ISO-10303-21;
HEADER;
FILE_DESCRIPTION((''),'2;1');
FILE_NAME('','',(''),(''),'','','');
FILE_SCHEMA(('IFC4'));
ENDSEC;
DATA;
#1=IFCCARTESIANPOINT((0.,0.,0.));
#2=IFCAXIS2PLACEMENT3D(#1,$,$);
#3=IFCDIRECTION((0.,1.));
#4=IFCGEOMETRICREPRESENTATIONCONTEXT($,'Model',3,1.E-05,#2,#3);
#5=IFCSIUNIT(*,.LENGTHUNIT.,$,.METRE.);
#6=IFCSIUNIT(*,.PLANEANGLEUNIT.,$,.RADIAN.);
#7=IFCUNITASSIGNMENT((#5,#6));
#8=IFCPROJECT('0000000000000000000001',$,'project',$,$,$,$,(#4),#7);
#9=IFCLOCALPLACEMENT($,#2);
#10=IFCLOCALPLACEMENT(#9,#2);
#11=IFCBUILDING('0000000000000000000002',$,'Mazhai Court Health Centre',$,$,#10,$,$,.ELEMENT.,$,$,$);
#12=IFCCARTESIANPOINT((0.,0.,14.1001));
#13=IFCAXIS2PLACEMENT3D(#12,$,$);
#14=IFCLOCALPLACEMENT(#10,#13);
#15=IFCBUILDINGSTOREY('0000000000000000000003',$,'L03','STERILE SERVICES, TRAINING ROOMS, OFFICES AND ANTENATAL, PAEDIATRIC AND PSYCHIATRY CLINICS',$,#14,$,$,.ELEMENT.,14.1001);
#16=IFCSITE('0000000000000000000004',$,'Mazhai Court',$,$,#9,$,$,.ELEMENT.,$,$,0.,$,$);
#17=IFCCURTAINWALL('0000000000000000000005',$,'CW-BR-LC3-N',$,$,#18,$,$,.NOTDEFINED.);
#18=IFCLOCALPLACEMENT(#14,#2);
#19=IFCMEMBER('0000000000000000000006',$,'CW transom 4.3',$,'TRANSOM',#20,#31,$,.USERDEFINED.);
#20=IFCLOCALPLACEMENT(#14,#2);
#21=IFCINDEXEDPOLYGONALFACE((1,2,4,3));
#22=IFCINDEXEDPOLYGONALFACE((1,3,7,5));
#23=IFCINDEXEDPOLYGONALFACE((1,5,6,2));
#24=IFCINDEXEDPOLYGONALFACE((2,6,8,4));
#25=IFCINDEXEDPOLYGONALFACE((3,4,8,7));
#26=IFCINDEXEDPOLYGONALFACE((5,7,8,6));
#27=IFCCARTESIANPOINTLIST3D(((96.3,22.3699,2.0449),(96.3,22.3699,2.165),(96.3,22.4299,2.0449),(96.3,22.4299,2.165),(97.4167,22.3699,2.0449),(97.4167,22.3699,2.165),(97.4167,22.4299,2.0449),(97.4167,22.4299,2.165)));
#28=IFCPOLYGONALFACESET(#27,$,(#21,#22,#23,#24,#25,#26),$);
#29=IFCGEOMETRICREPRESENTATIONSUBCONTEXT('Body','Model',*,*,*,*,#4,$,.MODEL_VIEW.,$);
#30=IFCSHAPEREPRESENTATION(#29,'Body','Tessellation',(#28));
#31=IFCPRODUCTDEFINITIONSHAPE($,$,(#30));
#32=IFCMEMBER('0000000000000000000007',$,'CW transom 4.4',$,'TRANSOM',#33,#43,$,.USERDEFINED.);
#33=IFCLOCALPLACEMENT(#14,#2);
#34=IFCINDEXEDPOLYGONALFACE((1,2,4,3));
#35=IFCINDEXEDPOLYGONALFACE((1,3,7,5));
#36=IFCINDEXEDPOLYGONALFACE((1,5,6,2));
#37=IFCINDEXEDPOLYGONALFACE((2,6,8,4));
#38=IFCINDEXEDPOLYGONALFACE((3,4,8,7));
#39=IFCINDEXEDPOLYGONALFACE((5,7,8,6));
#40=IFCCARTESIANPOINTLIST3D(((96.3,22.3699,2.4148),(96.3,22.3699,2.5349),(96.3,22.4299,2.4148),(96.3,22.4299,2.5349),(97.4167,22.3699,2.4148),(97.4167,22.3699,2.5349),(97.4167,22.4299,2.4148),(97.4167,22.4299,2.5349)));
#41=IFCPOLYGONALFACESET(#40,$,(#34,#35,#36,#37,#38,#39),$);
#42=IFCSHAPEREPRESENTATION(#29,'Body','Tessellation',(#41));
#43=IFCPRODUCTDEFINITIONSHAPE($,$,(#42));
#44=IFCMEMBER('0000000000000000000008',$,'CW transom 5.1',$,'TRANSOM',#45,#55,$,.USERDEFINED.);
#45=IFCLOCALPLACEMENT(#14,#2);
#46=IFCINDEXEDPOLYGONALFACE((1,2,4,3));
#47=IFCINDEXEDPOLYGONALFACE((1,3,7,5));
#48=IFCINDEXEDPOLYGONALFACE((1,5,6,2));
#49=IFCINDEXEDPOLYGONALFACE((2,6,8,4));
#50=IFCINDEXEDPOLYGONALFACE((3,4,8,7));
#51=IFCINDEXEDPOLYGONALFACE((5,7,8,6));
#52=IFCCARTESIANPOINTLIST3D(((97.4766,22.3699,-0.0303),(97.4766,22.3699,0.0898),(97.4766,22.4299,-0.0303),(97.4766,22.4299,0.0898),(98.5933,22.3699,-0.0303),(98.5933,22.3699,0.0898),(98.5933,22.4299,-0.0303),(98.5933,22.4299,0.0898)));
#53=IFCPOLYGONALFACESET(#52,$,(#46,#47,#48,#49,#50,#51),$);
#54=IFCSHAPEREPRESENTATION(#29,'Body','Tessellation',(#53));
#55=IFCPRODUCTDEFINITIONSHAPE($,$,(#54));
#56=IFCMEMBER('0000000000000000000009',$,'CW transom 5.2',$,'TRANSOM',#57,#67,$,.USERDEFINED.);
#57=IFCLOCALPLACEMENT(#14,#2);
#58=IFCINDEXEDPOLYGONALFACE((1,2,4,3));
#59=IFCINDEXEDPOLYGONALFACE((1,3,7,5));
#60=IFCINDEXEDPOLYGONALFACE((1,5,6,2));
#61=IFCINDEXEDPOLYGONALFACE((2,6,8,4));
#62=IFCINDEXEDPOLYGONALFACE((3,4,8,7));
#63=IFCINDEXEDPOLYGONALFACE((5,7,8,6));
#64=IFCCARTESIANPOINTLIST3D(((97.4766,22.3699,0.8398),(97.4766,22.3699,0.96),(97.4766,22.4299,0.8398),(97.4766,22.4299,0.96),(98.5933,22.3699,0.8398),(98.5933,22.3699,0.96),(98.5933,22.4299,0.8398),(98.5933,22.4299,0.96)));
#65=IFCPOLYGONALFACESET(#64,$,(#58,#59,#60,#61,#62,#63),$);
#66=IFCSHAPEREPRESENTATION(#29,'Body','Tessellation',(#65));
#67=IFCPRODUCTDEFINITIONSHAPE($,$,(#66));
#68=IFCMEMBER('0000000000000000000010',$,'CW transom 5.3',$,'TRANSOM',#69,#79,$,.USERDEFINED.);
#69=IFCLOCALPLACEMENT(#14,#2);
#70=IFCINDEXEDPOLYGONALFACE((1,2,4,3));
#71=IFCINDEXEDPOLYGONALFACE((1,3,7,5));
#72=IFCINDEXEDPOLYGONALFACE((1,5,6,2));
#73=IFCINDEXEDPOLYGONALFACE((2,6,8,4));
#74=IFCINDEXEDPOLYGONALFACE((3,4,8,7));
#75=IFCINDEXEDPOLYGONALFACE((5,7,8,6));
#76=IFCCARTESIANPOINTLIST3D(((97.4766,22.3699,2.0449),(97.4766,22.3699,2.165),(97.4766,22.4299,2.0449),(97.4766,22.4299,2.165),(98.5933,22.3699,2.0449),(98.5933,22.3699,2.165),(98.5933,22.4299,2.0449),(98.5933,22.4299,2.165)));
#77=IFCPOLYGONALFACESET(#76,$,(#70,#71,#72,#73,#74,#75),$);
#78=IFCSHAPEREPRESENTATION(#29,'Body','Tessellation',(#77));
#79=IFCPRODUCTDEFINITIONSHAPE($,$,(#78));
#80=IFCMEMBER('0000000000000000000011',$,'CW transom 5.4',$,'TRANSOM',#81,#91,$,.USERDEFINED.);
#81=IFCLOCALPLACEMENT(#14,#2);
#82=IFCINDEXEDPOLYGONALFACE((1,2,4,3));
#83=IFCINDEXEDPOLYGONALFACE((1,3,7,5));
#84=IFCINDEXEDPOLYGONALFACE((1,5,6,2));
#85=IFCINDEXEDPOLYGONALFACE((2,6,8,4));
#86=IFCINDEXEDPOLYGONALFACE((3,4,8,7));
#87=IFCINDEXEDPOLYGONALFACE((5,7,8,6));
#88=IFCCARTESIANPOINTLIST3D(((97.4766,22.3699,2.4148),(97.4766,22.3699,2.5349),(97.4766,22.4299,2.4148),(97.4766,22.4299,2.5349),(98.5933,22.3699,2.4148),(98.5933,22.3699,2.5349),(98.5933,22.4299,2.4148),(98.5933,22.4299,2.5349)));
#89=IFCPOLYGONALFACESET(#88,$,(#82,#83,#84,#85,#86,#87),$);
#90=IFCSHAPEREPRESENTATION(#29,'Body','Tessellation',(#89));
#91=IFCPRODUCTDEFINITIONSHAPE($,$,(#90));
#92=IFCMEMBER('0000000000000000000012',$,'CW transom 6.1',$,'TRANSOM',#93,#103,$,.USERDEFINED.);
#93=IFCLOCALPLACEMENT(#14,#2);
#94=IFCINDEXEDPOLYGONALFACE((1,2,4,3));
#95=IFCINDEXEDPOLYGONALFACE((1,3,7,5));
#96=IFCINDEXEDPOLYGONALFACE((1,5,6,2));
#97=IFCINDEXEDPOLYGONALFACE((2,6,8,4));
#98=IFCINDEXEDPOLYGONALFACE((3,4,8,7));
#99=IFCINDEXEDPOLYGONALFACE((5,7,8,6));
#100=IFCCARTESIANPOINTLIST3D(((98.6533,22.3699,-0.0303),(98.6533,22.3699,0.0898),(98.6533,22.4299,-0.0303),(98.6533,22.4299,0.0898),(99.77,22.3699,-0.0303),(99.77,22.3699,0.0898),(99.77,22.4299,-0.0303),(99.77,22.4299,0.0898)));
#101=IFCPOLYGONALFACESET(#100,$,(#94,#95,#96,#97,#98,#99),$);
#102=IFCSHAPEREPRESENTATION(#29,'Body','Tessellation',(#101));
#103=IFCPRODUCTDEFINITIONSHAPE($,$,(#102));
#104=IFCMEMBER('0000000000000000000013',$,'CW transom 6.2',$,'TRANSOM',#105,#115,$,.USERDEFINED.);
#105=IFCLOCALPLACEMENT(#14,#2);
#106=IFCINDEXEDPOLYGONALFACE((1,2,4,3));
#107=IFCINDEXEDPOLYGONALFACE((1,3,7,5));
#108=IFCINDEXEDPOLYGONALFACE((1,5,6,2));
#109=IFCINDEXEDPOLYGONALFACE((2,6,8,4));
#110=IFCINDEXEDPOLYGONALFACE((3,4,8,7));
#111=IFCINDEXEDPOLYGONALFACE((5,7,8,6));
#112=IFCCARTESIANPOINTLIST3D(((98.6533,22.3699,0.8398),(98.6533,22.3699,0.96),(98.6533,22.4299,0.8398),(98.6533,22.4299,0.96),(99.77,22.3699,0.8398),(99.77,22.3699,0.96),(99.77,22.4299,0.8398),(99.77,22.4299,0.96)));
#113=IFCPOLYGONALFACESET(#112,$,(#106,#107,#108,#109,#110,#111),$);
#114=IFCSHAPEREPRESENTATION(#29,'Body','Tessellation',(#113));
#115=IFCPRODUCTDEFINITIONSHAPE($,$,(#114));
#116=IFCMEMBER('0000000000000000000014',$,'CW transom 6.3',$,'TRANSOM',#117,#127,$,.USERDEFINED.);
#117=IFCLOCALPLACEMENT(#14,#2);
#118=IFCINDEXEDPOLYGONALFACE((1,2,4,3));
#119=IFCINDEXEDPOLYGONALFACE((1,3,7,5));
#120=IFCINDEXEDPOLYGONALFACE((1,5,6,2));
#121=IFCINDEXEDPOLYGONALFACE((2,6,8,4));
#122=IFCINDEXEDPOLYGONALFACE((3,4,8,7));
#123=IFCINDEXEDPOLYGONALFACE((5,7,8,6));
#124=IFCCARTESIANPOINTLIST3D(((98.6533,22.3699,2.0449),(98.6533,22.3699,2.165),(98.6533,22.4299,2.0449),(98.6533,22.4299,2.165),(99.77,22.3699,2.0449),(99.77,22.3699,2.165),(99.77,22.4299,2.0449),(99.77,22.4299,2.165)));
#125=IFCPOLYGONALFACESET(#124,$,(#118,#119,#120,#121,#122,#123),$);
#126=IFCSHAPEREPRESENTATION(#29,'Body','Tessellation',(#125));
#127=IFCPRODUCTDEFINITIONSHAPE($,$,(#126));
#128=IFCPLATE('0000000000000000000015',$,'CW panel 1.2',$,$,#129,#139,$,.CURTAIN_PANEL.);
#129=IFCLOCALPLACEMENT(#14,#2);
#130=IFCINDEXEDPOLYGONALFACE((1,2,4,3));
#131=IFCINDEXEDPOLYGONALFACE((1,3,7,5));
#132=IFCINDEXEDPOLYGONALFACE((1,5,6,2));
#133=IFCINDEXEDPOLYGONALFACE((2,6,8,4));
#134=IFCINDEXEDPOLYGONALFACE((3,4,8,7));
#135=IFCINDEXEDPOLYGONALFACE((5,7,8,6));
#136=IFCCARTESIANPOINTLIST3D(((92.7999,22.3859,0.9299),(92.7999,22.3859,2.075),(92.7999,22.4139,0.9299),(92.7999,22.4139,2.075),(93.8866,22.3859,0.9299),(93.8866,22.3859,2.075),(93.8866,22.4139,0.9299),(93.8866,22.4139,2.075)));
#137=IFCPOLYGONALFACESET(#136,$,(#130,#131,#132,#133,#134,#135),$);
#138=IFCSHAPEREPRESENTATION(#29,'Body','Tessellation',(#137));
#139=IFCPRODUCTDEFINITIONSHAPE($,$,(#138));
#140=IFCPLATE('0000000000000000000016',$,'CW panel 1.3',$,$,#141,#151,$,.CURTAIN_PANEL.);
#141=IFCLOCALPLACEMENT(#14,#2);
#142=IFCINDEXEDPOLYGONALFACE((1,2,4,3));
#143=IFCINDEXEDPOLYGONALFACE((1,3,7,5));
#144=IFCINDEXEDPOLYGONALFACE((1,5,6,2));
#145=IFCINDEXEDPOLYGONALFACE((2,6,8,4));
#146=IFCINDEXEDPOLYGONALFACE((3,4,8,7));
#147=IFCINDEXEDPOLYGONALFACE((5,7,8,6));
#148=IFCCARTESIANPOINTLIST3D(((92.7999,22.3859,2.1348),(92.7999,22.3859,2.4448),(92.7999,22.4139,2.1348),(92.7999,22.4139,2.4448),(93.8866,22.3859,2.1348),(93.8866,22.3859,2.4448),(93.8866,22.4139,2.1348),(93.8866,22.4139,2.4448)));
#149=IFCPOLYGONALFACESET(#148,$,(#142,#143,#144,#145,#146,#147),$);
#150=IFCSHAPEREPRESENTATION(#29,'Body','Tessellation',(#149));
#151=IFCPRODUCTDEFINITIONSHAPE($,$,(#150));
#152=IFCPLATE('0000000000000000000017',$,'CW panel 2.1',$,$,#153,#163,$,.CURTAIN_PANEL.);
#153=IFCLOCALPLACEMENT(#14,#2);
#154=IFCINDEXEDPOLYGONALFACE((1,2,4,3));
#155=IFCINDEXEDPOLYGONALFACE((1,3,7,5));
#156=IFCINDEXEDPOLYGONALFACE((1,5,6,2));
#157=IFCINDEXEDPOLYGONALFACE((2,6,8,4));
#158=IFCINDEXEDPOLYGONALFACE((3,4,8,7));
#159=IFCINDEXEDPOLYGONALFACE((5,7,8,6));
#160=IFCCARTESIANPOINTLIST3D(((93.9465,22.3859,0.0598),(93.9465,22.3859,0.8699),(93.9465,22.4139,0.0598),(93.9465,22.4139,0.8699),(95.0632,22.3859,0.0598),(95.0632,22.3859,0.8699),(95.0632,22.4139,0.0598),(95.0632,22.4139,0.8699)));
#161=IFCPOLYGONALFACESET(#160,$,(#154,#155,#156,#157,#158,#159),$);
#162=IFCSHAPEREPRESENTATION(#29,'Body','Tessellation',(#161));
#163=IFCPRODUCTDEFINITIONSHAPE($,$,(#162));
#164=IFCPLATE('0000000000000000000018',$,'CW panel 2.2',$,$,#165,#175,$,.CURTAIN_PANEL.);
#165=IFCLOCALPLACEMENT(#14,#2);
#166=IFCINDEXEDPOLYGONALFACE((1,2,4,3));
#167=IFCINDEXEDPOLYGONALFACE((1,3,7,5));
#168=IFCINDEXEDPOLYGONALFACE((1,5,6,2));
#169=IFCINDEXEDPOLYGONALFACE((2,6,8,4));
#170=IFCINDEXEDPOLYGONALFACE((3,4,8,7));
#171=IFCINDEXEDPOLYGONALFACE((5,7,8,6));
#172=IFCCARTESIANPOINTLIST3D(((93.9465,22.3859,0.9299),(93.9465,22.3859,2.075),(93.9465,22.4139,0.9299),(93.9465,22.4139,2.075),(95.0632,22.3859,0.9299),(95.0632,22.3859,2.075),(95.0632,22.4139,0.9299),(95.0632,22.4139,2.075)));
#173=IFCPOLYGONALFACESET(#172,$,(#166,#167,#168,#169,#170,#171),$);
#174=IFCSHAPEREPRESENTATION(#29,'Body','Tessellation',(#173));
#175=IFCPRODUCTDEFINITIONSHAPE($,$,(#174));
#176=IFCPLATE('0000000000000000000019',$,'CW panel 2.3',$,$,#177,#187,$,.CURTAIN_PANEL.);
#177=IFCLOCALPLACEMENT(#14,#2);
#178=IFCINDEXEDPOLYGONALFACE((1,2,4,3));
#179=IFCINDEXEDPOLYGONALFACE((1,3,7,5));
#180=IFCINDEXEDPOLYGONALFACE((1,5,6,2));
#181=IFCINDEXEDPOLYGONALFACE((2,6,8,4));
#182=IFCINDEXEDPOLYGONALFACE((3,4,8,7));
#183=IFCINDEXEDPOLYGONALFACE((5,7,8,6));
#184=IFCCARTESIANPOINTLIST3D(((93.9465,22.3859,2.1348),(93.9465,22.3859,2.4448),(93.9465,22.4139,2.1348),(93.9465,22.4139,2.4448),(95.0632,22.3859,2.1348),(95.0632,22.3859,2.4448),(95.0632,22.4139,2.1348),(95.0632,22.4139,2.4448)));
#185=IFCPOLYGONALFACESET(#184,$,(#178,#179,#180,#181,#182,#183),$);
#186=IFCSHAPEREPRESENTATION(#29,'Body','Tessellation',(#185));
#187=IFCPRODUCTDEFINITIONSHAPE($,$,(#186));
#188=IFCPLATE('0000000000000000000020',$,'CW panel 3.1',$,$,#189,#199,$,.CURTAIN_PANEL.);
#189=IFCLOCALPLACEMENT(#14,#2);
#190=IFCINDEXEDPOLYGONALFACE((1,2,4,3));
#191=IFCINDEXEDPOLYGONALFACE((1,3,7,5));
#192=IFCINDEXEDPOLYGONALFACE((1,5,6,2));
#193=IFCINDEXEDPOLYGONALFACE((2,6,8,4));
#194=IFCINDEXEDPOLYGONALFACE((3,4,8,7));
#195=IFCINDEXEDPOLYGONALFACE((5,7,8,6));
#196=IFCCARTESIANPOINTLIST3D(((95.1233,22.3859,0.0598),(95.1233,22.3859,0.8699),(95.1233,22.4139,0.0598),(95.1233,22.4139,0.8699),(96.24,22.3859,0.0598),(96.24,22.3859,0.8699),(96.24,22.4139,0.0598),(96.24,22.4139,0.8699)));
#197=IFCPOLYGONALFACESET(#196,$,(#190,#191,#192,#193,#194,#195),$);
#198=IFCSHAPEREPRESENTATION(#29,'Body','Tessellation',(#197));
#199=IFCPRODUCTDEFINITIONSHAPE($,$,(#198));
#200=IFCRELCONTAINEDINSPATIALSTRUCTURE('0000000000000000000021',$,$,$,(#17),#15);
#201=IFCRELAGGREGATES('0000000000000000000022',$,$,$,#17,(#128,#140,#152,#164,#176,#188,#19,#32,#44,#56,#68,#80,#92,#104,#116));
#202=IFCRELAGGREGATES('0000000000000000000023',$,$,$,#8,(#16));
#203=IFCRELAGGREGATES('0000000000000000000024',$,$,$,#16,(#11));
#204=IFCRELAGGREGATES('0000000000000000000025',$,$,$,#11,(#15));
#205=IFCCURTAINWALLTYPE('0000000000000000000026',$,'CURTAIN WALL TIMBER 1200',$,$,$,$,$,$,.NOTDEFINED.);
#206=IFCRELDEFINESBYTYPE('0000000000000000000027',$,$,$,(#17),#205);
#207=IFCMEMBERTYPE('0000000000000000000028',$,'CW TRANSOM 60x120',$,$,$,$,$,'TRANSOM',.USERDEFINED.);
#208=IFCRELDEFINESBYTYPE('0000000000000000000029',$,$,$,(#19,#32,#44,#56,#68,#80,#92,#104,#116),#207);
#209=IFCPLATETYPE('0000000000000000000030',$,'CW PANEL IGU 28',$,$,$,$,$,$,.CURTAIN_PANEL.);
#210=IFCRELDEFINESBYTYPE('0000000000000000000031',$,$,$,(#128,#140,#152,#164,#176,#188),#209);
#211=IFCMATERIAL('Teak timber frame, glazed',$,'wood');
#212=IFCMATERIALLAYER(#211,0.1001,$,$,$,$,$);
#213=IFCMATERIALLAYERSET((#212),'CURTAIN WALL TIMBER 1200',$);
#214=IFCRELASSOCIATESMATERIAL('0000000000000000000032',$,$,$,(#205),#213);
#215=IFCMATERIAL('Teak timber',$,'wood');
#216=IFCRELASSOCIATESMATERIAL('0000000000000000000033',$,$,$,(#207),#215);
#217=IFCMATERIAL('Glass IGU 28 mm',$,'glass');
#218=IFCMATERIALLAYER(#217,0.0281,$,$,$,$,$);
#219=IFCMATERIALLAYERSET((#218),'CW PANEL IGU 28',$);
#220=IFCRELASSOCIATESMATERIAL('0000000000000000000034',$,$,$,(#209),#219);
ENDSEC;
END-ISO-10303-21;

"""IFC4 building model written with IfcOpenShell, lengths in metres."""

from ifc_helpers import new_model, si_unit, direction, frame, origin, origin_2d, place, context, subcontext, project, spatial, rectangle, extrude, material, layer, layer_set, material_profile, profile_set, type_object, element, aggregate, save


model = new_model("IFC4")

# Units and contexts
model_context = context("Model", 3, precision=1e-05, world=origin(), true_north=direction((0.0, 1.0)))
body_context = subcontext(model_context, "Body", "Model", "MODEL_VIEW")
ifc_project = project(units=[si_unit("LENGTHUNIT", "METRE"), si_unit("PLANEANGLEUNIT", "RADIAN")], contexts=[model_context])

# Site, building, storey
site_placement = place(None, origin())
site = spatial("IfcSite", under=ifc_project, at=site_placement, Name="Mazhai Court", CompositionType="ELEMENT", RefElevation=0.0)
building_placement = place(site_placement, origin())
building = spatial("IfcBuilding", under=site, at=building_placement, Name="Mazhai Court Health Centre", CompositionType="ELEMENT")
storey_placement = place(building_placement, frame((0.0, 0.0, 14.1001)))
storey = spatial("IfcBuildingStorey", under=building, at=storey_placement, Name="L03", Description="STERILE SERVICES, TRAINING ROOMS, OFFICES AND ANTENATAL, PAEDIATRIC AND PSYCHIATRY CLINICS", CompositionType="ELEMENT", Elevation=14.1001)

# Curtain wall, members, plates
ifc_material_1 = material(Name="Teak timber frame, glazed", Category="wood")
ifc_layer_1 = layer(ifc_material_1, 0.1001)
ifc_layer_set_1 = layer_set([ifc_layer_1], Name="CURTAIN WALL TIMBER 1200")
curtain_wall_type = type_object("IfcCurtainWallType", Name="CURTAIN WALL TIMBER 1200", PredefinedType="NOTDEFINED", material=ifc_layer_set_1)
curtain_wall_placement = place(storey_placement, origin())
curtain_wall = element("IfcCurtainWall", 1, at=curtain_wall_placement, inside=storey, type_object=curtain_wall_type, Name="CW-BR-LC3-N", PredefinedType="NOTDEFINED")
ifc_material_2 = material(Name="Teak timber", Category="wood")
ifc_material_profile_1 = material_profile(ifc_material_2, rectangle(XDim=0.0601, YDim=0.1201, at=origin_2d()), Name="CW TRANSOM 60x120")
ifc_profile_set_1 = profile_set([ifc_material_profile_1], Name="Teak timber")
member_type_1 = type_object("IfcMemberType", Name="CW TRANSOM 60x120", ElementType="TRANSOM", PredefinedType="USERDEFINED", material=ifc_profile_set_1)
member_1_placement = place(storey_placement, frame((96.3, 22.3999, 2.105), z_axis=(1.0, 0.0, 0.0), x_axis=(0.0, 1.0, 0.0)))
member_1 = element("IfcMember", 2, at=member_1_placement, type_object=member_type_1, Name="CW transom 4.3", ObjectType="TRANSOM", PredefinedType="USERDEFINED", context=body_context, shape_type="SweptSolid", body=[
    extrude(rectangle(XDim=0.0601, YDim=0.1201, at=origin_2d()), origin(), (0.0, 0.0, 1.0), 1.1167),
])
member_2_placement = place(storey_placement, frame((96.3, 22.3999, 2.4749), z_axis=(1.0, 0.0, 0.0), x_axis=(0.0, 1.0, 0.0)))
member_2 = element("IfcMember", 3, at=member_2_placement, type_object=member_type_1, Name="CW transom 4.4", ObjectType="TRANSOM", PredefinedType="USERDEFINED", context=body_context, shape_type="SweptSolid", body=[
    extrude(rectangle(XDim=0.0601, YDim=0.1201, at=origin_2d()), origin(), (0.0, 0.0, 1.0), 1.1167),
])
member_3_placement = place(storey_placement, frame((97.4766, 22.3999, 0.0298), z_axis=(1.0, 0.0, 0.0), x_axis=(0.0, 1.0, 0.0)))
member_3 = element("IfcMember", 4, at=member_3_placement, type_object=member_type_1, Name="CW transom 5.1", ObjectType="TRANSOM", PredefinedType="USERDEFINED", context=body_context, shape_type="SweptSolid", body=[
    extrude(rectangle(XDim=0.0601, YDim=0.1201, at=origin_2d()), origin(), (0.0, 0.0, 1.0), 1.1167),
])
member_4_placement = place(storey_placement, frame((97.4766, 22.3999, 0.8999), z_axis=(1.0, 0.0, 0.0), x_axis=(0.0, 1.0, 0.0)))
member_4 = element("IfcMember", 5, at=member_4_placement, type_object=member_type_1, Name="CW transom 5.2", ObjectType="TRANSOM", PredefinedType="USERDEFINED", context=body_context, shape_type="SweptSolid", body=[
    extrude(rectangle(XDim=0.0601, YDim=0.1201, at=origin_2d()), origin(), (0.0, 0.0, 1.0), 1.1167),
])
member_5_placement = place(storey_placement, frame((97.4766, 22.3999, 2.105), z_axis=(1.0, 0.0, 0.0), x_axis=(0.0, 1.0, 0.0)))
member_5 = element("IfcMember", 6, at=member_5_placement, type_object=member_type_1, Name="CW transom 5.3", ObjectType="TRANSOM", PredefinedType="USERDEFINED", context=body_context, shape_type="SweptSolid", body=[
    extrude(rectangle(XDim=0.0601, YDim=0.1201, at=origin_2d()), origin(), (0.0, 0.0, 1.0), 1.1167),
])
member_6_placement = place(storey_placement, frame((97.4766, 22.3999, 2.4749), z_axis=(1.0, 0.0, 0.0), x_axis=(0.0, 1.0, 0.0)))
member_6 = element("IfcMember", 7, at=member_6_placement, type_object=member_type_1, Name="CW transom 5.4", ObjectType="TRANSOM", PredefinedType="USERDEFINED", context=body_context, shape_type="SweptSolid", body=[
    extrude(rectangle(XDim=0.0601, YDim=0.1201, at=origin_2d()), origin(), (0.0, 0.0, 1.0), 1.1167),
])
member_7_placement = place(storey_placement, frame((98.6533, 22.3999, 0.0298), z_axis=(1.0, 0.0, 0.0), x_axis=(0.0, 1.0, 0.0)))
member_7 = element("IfcMember", 8, at=member_7_placement, type_object=member_type_1, Name="CW transom 6.1", ObjectType="TRANSOM", PredefinedType="USERDEFINED", context=body_context, shape_type="SweptSolid", body=[
    extrude(rectangle(XDim=0.0601, YDim=0.1201, at=origin_2d()), origin(), (0.0, 0.0, 1.0), 1.1167),
])
member_8_placement = place(storey_placement, frame((98.6533, 22.3999, 0.8999), z_axis=(1.0, 0.0, 0.0), x_axis=(0.0, 1.0, 0.0)))
member_8 = element("IfcMember", 9, at=member_8_placement, type_object=member_type_1, Name="CW transom 6.2", ObjectType="TRANSOM", PredefinedType="USERDEFINED", context=body_context, shape_type="SweptSolid", body=[
    extrude(rectangle(XDim=0.0601, YDim=0.1201, at=origin_2d()), origin(), (0.0, 0.0, 1.0), 1.1167),
])
member_9_placement = place(storey_placement, frame((98.6533, 22.3999, 2.105), z_axis=(1.0, 0.0, 0.0), x_axis=(0.0, 1.0, 0.0)))
member_9 = element("IfcMember", 10, at=member_9_placement, type_object=member_type_1, Name="CW transom 6.3", ObjectType="TRANSOM", PredefinedType="USERDEFINED", context=body_context, shape_type="SweptSolid", body=[
    extrude(rectangle(XDim=0.0601, YDim=0.1201, at=origin_2d()), origin(), (0.0, 0.0, 1.0), 1.1167),
])
ifc_material_3 = material(Name="Glass IGU 28 mm", Category="glass")
ifc_layer_2 = layer(ifc_material_3, 0.0281)
ifc_layer_set_2 = layer_set([ifc_layer_2], Name="CW PANEL IGU 28")
plate_type = type_object("IfcPlateType", Name="CW PANEL IGU 28", PredefinedType="CURTAIN_PANEL", material=ifc_layer_set_2)
plate_1_placement = place(storey_placement, frame((93.3433, 22.3999, 0.9299), z_axis=(0.0, 0.0, 1.0), x_axis=(1.0, 0.0, 0.0)))
plate_1 = element("IfcPlate", 11, at=plate_1_placement, type_object=plate_type, Name="CW panel 1.2", PredefinedType="CURTAIN_PANEL", context=body_context, shape_type="SweptSolid", body=[
    extrude(rectangle(XDim=1.0867, YDim=0.0281, at=origin_2d()), origin(), (0.0, 0.0, 1.0), 1.145),
])
plate_2_placement = place(storey_placement, frame((93.3433, 22.3999, 2.1348), z_axis=(0.0, 0.0, 1.0), x_axis=(1.0, 0.0, 0.0)))
plate_2 = element("IfcPlate", 12, at=plate_2_placement, type_object=plate_type, Name="CW panel 1.3", PredefinedType="CURTAIN_PANEL", context=body_context, shape_type="SweptSolid", body=[
    extrude(rectangle(XDim=1.0867, YDim=0.0281, at=origin_2d()), origin(), (0.0, 0.0, 1.0), 0.3101),
])
plate_3_placement = place(storey_placement, frame((94.5049, 22.3999, 0.0598), z_axis=(0.0, 0.0, 1.0), x_axis=(1.0, 0.0, 0.0)))
plate_3 = element("IfcPlate", 13, at=plate_3_placement, type_object=plate_type, Name="CW panel 2.1", PredefinedType="CURTAIN_PANEL", context=body_context, shape_type="SweptSolid", body=[
    extrude(rectangle(XDim=1.1167, YDim=0.0281, at=origin_2d()), origin(), (0.0, 0.0, 1.0), 0.8101),
])
plate_4_placement = place(storey_placement, frame((94.5049, 22.3999, 0.9299), z_axis=(0.0, 0.0, 1.0), x_axis=(1.0, 0.0, 0.0)))
plate_4 = element("IfcPlate", 14, at=plate_4_placement, type_object=plate_type, Name="CW panel 2.2", PredefinedType="CURTAIN_PANEL", context=body_context, shape_type="SweptSolid", body=[
    extrude(rectangle(XDim=1.1167, YDim=0.0281, at=origin_2d()), origin(), (0.0, 0.0, 1.0), 1.145),
])
plate_5_placement = place(storey_placement, frame((94.5049, 22.3999, 2.1348), z_axis=(0.0, 0.0, 1.0), x_axis=(1.0, 0.0, 0.0)))
plate_5 = element("IfcPlate", 15, at=plate_5_placement, type_object=plate_type, Name="CW panel 2.3", PredefinedType="CURTAIN_PANEL", context=body_context, shape_type="SweptSolid", body=[
    extrude(rectangle(XDim=1.1167, YDim=0.0281, at=origin_2d()), origin(), (0.0, 0.0, 1.0), 0.3101),
])
plate_6_placement = place(storey_placement, frame((95.6816, 22.3999, 0.0598), z_axis=(0.0, 0.0, 1.0), x_axis=(1.0, 0.0, 0.0)))
plate_6 = element("IfcPlate", 16, at=plate_6_placement, type_object=plate_type, Name="CW panel 3.1", PredefinedType="CURTAIN_PANEL", context=body_context, shape_type="SweptSolid", body=[
    extrude(rectangle(XDim=1.1167, YDim=0.0281, at=origin_2d()), origin(), (0.0, 0.0, 1.0), 0.8101),
])
aggregate(curtain_wall, [plate_1, plate_2, plate_3, plate_4, plate_5, plate_6, member_1, member_2, member_3, member_4, member_5, member_6, member_7, member_8, member_9])

save(model, "model.ifc")
